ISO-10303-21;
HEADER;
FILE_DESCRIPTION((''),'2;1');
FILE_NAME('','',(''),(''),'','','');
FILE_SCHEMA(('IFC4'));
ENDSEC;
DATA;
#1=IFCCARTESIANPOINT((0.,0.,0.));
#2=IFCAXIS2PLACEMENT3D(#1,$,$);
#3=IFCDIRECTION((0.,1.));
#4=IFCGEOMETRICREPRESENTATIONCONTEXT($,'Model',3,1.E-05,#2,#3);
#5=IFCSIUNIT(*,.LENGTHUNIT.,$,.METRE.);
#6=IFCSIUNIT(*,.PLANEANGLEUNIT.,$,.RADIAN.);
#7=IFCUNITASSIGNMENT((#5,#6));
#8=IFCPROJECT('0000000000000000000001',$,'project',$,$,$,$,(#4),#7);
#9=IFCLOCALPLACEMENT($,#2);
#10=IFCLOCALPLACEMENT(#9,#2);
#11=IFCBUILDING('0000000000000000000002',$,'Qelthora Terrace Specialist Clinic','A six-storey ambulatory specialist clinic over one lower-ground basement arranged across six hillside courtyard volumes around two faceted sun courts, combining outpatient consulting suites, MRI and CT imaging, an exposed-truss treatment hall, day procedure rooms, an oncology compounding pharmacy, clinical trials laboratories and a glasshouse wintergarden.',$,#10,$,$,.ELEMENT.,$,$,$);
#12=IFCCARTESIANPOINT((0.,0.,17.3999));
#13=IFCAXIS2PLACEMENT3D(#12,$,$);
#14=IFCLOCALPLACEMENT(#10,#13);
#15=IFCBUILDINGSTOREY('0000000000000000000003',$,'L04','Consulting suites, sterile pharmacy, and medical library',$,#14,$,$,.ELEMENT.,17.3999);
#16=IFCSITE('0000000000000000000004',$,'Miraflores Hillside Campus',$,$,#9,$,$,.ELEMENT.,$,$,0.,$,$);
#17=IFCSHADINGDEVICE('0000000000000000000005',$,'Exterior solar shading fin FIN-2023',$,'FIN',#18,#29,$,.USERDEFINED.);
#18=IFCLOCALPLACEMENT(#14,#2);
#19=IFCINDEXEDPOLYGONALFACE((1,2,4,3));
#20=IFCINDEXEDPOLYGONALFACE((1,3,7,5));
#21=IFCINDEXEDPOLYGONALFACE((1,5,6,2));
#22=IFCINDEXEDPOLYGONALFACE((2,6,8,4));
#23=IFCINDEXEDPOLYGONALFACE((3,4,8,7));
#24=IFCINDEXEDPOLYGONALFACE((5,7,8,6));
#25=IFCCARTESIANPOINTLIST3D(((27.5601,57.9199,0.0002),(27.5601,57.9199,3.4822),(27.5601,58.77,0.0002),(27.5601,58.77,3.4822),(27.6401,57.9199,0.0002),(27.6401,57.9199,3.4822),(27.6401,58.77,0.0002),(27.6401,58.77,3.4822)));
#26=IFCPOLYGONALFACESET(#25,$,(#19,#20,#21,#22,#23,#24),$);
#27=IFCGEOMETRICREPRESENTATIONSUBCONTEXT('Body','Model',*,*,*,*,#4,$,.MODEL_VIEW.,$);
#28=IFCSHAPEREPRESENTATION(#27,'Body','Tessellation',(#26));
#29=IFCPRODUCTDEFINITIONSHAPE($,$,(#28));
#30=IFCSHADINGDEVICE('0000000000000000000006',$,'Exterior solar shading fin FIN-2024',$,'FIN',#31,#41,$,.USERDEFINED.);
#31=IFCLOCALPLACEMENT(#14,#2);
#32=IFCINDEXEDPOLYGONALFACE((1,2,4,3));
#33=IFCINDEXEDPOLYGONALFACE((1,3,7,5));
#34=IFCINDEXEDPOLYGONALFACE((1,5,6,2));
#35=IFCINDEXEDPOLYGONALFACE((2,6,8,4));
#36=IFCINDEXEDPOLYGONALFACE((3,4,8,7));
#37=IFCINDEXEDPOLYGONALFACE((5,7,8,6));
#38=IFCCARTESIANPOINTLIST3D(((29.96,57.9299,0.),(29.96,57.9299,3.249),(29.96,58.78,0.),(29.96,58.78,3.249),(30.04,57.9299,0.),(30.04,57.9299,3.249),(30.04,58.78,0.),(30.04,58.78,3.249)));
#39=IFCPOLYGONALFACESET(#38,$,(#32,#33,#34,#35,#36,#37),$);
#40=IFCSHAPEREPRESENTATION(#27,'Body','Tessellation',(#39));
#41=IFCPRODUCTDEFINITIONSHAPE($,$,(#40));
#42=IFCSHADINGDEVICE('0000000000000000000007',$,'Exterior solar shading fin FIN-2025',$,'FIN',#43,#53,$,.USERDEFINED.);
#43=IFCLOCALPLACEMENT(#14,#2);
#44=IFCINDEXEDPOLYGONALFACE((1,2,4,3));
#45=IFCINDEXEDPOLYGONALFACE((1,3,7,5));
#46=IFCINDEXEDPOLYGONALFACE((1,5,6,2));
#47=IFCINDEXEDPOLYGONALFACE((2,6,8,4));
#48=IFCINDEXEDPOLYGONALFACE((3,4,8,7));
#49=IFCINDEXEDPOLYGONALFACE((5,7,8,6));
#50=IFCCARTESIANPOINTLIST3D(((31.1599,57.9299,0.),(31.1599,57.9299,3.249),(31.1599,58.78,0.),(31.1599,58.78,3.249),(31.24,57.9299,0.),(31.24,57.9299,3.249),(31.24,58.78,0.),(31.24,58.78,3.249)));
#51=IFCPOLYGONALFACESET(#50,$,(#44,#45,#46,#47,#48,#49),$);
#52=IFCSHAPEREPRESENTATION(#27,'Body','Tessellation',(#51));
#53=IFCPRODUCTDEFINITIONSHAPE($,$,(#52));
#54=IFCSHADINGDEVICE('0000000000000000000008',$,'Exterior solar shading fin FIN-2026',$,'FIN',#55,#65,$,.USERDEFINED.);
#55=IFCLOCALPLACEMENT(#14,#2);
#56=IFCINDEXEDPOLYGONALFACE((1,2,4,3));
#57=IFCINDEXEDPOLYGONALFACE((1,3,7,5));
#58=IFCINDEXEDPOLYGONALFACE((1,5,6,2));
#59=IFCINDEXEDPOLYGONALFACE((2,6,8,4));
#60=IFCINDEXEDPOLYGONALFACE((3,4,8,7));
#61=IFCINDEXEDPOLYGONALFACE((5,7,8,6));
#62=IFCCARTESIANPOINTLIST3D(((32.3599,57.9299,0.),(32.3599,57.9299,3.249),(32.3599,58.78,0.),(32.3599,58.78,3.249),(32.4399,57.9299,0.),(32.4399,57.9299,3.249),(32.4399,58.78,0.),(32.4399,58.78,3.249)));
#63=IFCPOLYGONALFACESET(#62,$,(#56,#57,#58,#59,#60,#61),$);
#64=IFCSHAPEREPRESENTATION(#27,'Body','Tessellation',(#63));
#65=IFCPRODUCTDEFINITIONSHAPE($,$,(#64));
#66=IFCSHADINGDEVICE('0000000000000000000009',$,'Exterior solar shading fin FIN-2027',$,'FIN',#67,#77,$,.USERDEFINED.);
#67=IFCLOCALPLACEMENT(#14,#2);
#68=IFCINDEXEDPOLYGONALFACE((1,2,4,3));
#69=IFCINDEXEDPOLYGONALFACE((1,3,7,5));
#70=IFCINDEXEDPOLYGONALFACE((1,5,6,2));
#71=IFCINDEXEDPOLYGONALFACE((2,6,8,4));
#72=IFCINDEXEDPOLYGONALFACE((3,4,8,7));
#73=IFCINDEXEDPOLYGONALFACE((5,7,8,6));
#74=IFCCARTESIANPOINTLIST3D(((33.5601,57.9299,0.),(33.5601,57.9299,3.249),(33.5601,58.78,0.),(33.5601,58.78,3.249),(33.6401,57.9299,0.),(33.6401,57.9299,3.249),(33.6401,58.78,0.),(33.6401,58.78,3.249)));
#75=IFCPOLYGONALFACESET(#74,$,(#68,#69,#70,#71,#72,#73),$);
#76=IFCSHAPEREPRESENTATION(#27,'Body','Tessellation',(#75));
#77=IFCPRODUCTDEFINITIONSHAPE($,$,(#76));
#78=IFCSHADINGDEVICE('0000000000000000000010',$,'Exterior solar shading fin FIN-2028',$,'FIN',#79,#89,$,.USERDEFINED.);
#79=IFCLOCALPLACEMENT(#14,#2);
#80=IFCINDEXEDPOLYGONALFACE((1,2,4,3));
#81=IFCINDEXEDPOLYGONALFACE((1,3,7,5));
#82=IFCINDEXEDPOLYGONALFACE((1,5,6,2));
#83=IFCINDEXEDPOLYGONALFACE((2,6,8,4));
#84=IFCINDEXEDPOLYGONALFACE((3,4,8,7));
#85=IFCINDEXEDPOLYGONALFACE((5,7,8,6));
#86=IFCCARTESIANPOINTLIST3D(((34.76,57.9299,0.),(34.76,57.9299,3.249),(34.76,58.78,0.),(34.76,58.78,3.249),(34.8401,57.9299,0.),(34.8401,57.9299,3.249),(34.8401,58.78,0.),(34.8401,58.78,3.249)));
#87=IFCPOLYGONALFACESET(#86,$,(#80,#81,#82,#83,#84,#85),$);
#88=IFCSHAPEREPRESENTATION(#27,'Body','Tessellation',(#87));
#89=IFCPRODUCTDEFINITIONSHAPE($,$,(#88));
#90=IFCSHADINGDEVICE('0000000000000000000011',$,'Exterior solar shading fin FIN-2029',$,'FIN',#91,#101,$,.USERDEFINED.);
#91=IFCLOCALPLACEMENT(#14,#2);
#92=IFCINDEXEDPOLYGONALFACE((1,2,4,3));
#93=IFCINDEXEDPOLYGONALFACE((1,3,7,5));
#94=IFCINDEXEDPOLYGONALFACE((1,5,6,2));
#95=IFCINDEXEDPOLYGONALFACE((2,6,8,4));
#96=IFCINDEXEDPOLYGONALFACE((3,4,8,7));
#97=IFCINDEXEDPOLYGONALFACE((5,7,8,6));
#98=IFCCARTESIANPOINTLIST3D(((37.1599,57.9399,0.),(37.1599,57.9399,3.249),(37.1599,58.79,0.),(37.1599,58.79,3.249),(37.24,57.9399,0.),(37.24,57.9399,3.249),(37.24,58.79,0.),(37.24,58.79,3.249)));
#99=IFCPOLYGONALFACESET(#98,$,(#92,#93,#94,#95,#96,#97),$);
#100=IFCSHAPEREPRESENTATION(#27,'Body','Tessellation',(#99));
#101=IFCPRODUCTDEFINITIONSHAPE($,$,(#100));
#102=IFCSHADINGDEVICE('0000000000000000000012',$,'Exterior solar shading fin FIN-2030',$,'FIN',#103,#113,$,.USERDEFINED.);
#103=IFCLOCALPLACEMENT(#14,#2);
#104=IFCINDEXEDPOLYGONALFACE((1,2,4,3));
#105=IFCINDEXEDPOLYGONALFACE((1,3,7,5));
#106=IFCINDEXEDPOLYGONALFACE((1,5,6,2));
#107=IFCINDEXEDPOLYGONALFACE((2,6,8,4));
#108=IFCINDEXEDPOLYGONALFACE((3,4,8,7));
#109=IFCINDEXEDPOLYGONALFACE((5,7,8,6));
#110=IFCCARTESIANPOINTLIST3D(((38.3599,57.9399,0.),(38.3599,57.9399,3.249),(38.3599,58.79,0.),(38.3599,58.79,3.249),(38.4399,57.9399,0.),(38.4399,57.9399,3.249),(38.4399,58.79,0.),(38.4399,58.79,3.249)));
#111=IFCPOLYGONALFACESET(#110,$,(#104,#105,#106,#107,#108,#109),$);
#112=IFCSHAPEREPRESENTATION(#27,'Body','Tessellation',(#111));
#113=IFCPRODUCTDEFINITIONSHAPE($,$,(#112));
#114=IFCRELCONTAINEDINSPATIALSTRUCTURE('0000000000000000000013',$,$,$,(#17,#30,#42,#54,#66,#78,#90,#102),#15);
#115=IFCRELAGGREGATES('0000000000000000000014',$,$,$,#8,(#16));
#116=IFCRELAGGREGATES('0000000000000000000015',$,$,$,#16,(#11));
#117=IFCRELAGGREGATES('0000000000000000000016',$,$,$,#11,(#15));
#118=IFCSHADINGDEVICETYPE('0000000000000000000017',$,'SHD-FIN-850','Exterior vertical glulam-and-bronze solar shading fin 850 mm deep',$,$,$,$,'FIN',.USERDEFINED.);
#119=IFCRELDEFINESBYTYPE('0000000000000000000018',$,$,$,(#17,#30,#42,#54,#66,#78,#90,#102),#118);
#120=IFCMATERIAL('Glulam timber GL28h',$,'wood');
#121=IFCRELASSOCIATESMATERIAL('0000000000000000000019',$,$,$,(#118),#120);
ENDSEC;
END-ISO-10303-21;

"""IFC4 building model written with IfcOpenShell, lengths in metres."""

from ifc_helpers import new_model, si_unit, direction, frame, origin, origin_2d, place, context, subcontext, project, spatial, rectangle, extrude, material, type_object, element, save


model = new_model("IFC4")

# Units and contexts
model_context = context("Model", 3, precision=1e-05, world=origin(), true_north=direction((0.0, 1.0)))
body_context = subcontext(model_context, "Body", "Model", "MODEL_VIEW")
ifc_project = project(units=[si_unit("LENGTHUNIT", "METRE"), si_unit("PLANEANGLEUNIT", "RADIAN")], contexts=[model_context])

# Site, building, storey
site_placement = place(None, origin())
site = spatial("IfcSite", under=ifc_project, at=site_placement, Name="Miraflores Hillside Campus", CompositionType="ELEMENT", RefElevation=0.0)
building_placement = place(site_placement, origin())
building = spatial("IfcBuilding", under=site, at=building_placement, Name="Qelthora Terrace Specialist Clinic", Description="A six-storey ambulatory specialist clinic over one lower-ground basement arranged across six hillside courtyard volumes around two faceted sun courts, combining outpatient consulting suites, MRI and CT imaging, an exposed-truss treatment hall, day procedure rooms, an oncology compounding pharmacy, clinical trials laboratories and a glasshouse wintergarden.", CompositionType="ELEMENT")
storey_placement = place(building_placement, frame((0.0, 0.0, 17.3999)))
storey = spatial("IfcBuildingStorey", under=building, at=storey_placement, Name="L04", Description="Consulting suites, sterile pharmacy, and medical library", CompositionType="ELEMENT", Elevation=17.3999)

# Shading devices
ifc_material_1 = material(Name="Glulam timber GL28h", Category="wood")
shading_device_type = type_object("IfcShadingDeviceType", Name="SHD-FIN-850", Description="Exterior vertical glulam-and-bronze solar shading fin 850 mm deep", ElementType="FIN", PredefinedType="USERDEFINED", material=ifc_material_1)
for number, where, z_axis, x_axis, name in (
    (1, (27.6001, 58.345, 0.0002), (0.0, 0.0, 1.0), (0.0, -1.0, 0.0), "Exterior solar shading fin FIN-2023"),
):
    element("IfcShadingDevice", number, at=place(storey_placement, frame(where, z_axis=z_axis, x_axis=x_axis)), inside=storey, type_object=shading_device_type, Name=name, ObjectType="FIN", PredefinedType="USERDEFINED", context=body_context, shape_type="SweptSolid", body=[
        extrude(rectangle(XDim=0.8501, YDim=0.0801, at=origin_2d()), origin(), (0.0, 0.0, 1.0), 3.4819),
    ])
for number, where, z_axis, x_axis, name in (
    (2, (30.0, 58.355, 0.0), (0.0, 0.0, 1.0), (0.0, -1.0, 0.0), "Exterior solar shading fin FIN-2024"),
    (3, (31.2, 58.355, 0.0), (0.0, 0.0, 1.0), (0.0, -1.0, 0.0), "Exterior solar shading fin FIN-2025"),
    (4, (32.3999, 58.355, 0.0), (0.0, 0.0, 1.0), (0.0, -1.0, 0.0), "Exterior solar shading fin FIN-2026"),
    (5, (33.6001, 58.355, 0.0), (0.0, 0.0, 1.0), (0.0, -1.0, 0.0), "Exterior solar shading fin FIN-2027"),
    (6, (34.8, 58.355, 0.0), (0.0, 0.0, 1.0), (0.0, -1.0, 0.0), "Exterior solar shading fin FIN-2028"),
    (7, (37.2, 58.365, 0.0), (0.0, 0.0, 1.0), (0.0, -1.0, 0.0), "Exterior solar shading fin FIN-2029"),
    (8, (38.3999, 58.365, 0.0), (0.0, 0.0, 1.0), (0.0, -1.0, 0.0), "Exterior solar shading fin FIN-2030"),
):
    element("IfcShadingDevice", number, at=place(storey_placement, frame(where, z_axis=z_axis, x_axis=x_axis)), inside=storey, type_object=shading_device_type, Name=name, ObjectType="FIN", PredefinedType="USERDEFINED", context=body_context, shape_type="SweptSolid", body=[
        extrude(rectangle(XDim=0.8501, YDim=0.0801, at=origin_2d()), origin(), (0.0, 0.0, 1.0), 3.249),
    ])

save(model, "model.ifc")
